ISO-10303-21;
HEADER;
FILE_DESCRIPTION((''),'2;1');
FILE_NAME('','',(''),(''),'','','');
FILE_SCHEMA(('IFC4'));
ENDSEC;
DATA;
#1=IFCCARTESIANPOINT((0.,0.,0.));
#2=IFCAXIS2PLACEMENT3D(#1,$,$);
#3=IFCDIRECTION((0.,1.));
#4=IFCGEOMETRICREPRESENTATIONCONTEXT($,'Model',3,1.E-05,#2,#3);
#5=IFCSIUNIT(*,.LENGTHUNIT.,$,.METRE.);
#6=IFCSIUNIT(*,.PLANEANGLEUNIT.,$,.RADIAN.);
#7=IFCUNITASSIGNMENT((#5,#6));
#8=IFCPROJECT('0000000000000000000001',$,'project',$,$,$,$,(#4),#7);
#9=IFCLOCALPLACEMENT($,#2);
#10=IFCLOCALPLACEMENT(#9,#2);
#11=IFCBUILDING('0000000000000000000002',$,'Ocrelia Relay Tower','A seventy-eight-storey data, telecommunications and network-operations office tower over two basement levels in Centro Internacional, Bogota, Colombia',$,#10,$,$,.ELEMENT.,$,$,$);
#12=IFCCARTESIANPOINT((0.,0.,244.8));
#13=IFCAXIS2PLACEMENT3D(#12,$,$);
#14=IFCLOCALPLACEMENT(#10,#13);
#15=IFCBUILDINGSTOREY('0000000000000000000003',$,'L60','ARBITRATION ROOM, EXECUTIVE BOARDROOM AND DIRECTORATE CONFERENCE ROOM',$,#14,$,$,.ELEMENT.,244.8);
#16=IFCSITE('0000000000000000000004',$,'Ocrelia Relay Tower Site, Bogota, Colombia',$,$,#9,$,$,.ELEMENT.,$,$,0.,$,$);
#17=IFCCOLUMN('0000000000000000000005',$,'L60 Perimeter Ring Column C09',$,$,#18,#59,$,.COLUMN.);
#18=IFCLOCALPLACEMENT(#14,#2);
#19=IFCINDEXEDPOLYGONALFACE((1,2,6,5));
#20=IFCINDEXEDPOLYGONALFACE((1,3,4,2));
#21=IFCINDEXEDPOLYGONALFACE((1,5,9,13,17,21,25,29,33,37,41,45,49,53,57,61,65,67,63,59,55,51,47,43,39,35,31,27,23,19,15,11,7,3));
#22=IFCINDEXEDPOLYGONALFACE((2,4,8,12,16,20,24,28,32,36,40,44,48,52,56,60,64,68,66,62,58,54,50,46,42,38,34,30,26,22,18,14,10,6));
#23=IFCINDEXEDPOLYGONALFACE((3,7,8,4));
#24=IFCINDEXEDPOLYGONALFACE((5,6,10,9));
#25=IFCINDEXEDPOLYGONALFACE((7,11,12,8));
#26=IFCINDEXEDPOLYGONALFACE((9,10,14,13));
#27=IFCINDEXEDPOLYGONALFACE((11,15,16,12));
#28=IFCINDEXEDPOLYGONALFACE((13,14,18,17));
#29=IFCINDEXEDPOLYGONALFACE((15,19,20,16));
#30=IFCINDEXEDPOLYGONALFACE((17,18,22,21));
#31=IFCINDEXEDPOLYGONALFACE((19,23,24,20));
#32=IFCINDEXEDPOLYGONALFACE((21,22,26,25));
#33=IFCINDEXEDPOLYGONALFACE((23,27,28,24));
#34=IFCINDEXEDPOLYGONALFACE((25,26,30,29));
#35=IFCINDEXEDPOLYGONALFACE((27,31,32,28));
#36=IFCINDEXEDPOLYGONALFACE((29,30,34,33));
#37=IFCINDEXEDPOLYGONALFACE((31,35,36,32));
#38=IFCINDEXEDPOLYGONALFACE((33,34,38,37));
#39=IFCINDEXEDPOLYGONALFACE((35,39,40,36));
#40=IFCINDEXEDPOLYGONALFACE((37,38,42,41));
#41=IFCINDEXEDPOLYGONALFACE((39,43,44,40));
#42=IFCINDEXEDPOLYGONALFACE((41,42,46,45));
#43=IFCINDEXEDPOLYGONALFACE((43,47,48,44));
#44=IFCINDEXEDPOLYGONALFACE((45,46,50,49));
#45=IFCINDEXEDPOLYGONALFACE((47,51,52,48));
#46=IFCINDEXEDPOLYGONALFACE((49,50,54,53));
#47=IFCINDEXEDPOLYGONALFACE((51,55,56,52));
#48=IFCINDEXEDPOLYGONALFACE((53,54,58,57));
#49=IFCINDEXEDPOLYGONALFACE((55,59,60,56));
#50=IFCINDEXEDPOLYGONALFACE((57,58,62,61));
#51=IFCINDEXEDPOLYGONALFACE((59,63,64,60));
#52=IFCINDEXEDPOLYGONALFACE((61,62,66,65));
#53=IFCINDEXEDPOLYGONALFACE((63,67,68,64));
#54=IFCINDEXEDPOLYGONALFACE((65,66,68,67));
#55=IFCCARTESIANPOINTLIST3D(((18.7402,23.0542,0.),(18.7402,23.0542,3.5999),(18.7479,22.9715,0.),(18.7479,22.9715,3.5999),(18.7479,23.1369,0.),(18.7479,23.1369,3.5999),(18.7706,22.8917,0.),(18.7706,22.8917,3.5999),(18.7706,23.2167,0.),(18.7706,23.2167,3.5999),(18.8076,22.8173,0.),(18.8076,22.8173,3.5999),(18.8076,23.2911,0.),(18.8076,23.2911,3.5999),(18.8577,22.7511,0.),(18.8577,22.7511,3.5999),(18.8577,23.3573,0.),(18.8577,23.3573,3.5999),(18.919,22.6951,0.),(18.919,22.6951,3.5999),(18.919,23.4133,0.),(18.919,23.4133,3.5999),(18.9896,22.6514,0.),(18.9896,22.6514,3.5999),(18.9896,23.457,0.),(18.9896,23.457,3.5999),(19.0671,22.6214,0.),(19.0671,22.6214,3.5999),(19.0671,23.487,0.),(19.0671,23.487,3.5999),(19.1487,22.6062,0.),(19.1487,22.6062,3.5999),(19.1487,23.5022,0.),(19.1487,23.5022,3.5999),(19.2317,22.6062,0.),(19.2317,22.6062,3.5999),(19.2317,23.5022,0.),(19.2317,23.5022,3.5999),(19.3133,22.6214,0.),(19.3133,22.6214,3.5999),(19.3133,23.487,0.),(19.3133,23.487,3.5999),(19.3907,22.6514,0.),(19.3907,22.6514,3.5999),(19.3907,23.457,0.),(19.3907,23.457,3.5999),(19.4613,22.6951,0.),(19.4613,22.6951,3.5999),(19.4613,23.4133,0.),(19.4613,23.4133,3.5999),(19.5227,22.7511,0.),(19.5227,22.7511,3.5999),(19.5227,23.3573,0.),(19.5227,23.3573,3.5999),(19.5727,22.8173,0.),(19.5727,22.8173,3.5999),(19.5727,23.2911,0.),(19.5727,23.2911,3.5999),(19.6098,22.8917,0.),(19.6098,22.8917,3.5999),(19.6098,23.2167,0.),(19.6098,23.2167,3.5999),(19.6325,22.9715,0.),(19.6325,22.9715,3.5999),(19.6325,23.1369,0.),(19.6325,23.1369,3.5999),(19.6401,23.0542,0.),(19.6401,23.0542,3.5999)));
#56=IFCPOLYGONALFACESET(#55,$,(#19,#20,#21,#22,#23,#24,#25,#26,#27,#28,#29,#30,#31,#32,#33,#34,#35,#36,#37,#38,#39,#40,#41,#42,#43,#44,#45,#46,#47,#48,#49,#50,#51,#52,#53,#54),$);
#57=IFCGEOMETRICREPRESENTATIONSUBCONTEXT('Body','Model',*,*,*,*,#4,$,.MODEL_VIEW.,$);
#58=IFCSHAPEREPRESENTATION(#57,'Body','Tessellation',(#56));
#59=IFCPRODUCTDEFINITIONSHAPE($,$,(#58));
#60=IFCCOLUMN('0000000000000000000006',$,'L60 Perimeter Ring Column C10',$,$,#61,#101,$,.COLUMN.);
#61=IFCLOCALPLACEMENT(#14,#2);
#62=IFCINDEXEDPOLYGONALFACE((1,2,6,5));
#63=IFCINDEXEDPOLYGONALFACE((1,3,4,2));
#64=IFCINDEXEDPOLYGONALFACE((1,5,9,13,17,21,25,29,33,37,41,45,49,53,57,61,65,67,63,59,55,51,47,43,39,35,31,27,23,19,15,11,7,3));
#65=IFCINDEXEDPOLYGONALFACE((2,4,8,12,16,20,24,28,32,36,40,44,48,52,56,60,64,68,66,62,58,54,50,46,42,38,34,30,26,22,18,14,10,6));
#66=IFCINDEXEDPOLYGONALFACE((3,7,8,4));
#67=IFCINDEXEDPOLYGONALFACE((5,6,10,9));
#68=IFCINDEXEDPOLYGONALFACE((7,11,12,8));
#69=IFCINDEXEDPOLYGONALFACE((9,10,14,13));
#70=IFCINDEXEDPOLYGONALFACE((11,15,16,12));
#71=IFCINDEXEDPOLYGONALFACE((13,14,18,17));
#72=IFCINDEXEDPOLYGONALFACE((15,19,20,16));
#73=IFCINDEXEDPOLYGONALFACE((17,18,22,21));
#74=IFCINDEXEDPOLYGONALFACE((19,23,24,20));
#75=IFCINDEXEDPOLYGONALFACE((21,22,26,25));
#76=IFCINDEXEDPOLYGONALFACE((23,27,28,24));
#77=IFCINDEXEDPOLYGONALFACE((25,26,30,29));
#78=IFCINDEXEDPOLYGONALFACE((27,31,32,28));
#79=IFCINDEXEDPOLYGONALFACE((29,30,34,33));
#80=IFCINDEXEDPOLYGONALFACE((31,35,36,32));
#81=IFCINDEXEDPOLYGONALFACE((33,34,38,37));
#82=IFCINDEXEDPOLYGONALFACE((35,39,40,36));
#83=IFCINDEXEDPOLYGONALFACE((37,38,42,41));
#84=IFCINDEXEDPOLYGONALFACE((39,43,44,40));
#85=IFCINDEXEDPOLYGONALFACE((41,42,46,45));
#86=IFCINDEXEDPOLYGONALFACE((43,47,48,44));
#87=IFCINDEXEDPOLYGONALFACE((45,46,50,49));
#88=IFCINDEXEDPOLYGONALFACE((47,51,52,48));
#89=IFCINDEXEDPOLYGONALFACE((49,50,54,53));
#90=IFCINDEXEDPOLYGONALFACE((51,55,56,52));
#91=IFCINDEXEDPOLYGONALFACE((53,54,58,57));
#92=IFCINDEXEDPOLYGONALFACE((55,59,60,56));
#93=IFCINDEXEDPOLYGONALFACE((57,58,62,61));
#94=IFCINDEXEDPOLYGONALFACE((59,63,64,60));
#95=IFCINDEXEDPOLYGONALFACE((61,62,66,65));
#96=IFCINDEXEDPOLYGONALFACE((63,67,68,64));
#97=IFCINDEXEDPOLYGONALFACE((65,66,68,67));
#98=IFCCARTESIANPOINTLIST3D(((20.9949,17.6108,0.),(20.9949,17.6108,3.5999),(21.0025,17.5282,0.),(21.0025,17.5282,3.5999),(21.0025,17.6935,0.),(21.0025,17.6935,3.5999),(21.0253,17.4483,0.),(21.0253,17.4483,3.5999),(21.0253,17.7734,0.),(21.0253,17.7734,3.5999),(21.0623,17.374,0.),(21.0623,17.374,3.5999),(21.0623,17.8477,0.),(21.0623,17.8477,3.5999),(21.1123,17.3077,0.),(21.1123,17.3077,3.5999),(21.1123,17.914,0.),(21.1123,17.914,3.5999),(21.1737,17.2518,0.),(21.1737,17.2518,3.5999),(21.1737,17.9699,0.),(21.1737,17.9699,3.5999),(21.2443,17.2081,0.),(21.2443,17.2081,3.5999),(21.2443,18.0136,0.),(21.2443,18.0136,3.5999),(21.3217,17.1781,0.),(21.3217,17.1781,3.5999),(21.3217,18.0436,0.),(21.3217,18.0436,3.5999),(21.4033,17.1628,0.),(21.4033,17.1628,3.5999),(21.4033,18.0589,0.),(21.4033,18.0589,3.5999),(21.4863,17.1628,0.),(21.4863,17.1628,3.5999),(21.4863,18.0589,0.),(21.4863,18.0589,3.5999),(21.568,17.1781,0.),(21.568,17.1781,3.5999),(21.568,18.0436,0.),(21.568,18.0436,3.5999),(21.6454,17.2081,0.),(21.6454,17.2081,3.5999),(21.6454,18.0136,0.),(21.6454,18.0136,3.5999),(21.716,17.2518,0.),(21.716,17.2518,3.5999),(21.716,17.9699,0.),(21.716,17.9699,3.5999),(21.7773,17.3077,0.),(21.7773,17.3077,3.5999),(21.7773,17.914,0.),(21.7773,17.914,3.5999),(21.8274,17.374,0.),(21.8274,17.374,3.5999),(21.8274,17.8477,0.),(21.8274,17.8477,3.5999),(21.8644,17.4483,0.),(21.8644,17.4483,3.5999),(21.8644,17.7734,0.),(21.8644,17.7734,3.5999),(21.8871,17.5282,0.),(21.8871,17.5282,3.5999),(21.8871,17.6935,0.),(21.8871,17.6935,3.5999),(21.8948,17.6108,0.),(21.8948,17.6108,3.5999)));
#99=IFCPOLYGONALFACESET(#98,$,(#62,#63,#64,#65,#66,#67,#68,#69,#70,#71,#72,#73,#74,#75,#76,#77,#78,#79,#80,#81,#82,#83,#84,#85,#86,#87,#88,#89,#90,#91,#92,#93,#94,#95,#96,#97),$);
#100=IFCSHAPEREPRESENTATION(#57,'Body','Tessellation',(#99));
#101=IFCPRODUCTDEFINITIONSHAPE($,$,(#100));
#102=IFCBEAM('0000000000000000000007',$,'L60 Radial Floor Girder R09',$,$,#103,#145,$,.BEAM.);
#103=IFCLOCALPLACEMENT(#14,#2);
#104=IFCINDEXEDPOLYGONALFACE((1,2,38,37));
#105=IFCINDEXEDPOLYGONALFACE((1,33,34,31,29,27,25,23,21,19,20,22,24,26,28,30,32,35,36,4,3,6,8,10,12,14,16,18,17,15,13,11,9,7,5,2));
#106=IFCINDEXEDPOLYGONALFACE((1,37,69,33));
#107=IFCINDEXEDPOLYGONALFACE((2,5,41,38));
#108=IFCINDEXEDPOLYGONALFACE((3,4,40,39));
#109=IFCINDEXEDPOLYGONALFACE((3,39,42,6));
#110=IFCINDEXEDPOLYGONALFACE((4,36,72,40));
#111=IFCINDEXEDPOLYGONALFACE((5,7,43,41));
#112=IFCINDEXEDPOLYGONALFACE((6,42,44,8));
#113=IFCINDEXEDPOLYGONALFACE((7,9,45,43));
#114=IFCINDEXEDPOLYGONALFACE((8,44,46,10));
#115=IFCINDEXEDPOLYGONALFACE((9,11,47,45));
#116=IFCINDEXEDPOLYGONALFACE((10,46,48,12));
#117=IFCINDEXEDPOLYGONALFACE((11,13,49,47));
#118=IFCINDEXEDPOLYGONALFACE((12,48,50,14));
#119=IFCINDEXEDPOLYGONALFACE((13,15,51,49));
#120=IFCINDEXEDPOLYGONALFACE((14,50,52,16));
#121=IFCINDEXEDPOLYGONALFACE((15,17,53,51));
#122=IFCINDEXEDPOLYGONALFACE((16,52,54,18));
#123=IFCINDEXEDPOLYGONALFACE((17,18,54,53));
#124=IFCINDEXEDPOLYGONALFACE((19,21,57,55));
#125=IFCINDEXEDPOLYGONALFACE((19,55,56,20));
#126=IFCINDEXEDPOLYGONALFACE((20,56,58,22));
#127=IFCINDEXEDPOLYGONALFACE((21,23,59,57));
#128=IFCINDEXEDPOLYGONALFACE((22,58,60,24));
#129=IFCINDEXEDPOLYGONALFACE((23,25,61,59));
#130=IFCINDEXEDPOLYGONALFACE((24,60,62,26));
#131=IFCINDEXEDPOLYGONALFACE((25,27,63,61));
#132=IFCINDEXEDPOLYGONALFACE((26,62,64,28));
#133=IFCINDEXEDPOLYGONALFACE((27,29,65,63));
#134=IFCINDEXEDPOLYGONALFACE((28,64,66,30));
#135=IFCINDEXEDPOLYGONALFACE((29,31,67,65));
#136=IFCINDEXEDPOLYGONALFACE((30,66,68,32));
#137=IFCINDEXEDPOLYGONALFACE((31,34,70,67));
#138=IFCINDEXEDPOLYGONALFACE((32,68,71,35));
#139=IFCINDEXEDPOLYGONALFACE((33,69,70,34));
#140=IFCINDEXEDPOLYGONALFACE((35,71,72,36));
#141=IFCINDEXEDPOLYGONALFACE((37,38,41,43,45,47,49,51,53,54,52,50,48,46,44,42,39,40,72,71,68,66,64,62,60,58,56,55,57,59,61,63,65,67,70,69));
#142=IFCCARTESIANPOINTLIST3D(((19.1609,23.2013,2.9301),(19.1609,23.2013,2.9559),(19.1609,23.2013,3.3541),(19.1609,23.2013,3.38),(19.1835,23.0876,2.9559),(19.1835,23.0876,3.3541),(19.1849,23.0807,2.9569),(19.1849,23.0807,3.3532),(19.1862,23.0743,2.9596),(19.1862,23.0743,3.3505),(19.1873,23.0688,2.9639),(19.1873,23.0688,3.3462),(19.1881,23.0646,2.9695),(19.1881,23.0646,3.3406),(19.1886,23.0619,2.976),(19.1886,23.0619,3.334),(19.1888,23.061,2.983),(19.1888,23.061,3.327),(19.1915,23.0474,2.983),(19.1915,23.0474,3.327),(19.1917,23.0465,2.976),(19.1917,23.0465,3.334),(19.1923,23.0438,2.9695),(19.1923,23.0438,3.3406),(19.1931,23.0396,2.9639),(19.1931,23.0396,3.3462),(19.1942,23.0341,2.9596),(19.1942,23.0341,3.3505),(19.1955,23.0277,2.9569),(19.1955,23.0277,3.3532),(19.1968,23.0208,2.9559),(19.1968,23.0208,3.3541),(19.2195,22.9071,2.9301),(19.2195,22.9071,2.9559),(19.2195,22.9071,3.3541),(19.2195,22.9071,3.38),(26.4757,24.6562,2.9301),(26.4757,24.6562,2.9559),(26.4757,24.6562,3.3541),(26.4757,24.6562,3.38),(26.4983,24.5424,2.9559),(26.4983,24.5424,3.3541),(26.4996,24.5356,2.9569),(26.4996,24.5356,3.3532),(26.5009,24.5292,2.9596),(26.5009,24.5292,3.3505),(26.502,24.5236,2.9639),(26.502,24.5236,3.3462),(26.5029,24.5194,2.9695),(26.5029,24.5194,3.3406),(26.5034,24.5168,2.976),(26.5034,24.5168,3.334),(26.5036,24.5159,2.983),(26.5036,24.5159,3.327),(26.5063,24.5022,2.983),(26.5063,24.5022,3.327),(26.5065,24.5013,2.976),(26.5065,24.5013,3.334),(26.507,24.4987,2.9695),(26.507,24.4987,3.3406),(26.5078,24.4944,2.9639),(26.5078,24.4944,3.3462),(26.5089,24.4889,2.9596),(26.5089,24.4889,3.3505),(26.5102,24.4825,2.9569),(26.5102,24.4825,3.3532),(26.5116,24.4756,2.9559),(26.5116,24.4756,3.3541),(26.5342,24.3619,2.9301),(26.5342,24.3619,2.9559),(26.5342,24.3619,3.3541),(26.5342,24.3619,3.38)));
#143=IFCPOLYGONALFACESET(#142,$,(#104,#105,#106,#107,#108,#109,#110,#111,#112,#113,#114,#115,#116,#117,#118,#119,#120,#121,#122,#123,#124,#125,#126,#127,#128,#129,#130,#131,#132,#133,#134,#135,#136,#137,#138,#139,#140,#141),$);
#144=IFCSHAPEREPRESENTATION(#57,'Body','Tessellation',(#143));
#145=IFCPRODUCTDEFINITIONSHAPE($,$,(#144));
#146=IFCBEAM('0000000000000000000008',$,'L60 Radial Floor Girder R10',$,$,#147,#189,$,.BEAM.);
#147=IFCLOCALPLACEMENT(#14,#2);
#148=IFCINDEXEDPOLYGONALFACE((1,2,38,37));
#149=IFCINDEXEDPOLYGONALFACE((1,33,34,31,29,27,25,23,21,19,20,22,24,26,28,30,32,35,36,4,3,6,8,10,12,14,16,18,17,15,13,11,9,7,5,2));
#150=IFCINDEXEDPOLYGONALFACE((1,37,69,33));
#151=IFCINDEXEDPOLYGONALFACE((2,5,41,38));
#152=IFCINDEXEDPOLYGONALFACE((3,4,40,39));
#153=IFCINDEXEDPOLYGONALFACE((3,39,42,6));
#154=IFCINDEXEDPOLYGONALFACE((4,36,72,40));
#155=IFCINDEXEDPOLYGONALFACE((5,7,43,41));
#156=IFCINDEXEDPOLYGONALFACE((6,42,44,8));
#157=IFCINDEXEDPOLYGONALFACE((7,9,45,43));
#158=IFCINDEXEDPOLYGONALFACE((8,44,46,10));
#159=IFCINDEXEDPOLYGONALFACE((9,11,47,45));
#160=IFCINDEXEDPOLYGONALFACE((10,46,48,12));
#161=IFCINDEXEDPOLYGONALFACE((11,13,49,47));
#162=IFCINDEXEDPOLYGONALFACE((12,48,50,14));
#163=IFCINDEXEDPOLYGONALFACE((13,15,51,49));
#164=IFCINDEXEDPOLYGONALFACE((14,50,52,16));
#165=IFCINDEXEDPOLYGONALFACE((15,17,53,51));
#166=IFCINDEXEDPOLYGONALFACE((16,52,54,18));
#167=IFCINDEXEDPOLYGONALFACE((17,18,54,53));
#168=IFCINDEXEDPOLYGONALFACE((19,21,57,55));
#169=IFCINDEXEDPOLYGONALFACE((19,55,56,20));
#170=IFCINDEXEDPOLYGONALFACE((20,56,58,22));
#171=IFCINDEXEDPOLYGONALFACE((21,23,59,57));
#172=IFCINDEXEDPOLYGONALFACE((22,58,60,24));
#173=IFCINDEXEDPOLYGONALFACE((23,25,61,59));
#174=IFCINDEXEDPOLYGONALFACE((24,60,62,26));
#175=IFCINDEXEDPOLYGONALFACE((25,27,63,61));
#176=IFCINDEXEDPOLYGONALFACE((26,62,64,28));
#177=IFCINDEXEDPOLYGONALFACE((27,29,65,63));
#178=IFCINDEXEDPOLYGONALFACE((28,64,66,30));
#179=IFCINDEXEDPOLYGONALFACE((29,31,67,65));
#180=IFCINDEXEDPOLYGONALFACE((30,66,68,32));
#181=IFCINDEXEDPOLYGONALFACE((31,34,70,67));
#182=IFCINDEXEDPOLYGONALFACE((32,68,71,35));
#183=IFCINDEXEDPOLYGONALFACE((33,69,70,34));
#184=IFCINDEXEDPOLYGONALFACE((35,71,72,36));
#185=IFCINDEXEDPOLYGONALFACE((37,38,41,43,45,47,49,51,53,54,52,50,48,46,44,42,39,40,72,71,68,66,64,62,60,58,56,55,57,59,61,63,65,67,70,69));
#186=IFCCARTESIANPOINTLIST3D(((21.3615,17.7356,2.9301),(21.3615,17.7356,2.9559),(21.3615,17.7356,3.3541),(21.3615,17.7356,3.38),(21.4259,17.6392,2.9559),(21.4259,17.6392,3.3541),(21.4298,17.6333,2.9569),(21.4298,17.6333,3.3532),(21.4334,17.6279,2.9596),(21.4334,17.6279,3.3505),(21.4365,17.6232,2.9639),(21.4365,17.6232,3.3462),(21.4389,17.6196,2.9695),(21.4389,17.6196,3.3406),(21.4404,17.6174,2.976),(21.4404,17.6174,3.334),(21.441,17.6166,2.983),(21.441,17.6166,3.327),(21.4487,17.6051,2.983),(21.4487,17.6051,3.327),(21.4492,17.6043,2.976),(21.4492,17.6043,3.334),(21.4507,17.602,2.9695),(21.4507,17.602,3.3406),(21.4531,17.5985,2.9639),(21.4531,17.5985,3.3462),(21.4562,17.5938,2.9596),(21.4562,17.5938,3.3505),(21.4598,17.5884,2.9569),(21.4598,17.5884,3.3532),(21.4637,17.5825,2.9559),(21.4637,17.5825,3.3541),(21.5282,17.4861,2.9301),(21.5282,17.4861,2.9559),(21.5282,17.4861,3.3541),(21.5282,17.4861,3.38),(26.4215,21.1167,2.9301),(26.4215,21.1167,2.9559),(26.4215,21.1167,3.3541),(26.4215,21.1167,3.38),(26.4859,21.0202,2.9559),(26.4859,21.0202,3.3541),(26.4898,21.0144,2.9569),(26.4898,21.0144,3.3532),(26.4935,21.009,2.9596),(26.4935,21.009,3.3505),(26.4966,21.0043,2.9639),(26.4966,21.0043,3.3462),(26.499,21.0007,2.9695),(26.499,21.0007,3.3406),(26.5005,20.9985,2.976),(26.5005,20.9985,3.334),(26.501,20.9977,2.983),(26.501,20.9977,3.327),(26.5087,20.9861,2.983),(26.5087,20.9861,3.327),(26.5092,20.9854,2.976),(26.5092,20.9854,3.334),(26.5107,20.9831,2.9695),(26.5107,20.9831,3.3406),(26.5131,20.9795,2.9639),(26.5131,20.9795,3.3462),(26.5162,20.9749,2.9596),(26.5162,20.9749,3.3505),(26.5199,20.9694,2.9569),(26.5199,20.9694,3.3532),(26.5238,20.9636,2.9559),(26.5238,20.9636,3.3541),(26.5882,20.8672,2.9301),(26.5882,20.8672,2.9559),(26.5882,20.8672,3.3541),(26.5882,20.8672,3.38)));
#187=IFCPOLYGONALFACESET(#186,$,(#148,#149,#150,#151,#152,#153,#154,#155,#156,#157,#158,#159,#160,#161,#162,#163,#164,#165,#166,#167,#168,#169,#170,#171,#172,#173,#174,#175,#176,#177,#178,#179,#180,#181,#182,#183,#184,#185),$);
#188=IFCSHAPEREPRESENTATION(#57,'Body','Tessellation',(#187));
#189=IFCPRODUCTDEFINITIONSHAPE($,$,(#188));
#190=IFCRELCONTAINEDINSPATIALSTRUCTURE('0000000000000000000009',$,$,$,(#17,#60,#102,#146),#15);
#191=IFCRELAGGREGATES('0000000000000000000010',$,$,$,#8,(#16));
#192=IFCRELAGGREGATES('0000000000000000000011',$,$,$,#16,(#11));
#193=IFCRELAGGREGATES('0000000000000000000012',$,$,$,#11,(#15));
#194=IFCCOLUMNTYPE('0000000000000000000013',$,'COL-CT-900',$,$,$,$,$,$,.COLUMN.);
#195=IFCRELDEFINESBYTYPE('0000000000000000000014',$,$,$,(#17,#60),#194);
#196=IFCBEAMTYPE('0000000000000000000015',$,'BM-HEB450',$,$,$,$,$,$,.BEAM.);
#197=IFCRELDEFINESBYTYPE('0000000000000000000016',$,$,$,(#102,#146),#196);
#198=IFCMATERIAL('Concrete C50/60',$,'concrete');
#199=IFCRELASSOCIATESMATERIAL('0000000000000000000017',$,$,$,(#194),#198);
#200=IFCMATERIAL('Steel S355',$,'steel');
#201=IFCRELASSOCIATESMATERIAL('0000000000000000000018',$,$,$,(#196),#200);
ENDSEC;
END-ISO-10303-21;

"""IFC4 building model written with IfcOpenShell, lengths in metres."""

from ifc_helpers import new_model, si_unit, direction, frame, origin, origin_2d, place, context, subcontext, project, spatial, circle, i_section, extrude, material, material_profile, profile_set, type_object, element, save


model = new_model("IFC4")

# Units and contexts
model_context = context("Model", 3, precision=1e-05, world=origin(), true_north=direction((0.0, 1.0)))
body_context = subcontext(model_context, "Body", "Model", "MODEL_VIEW")
ifc_project = project(units=[si_unit("LENGTHUNIT", "METRE"), si_unit("PLANEANGLEUNIT", "RADIAN")], contexts=[model_context])

# Site, building, storey
site_placement = place(None, origin())
site = spatial("IfcSite", under=ifc_project, at=site_placement, Name="Ocrelia Relay Tower Site, Bogota, Colombia", CompositionType="ELEMENT", RefElevation=0.0)
building_placement = place(site_placement, origin())
building = spatial("IfcBuilding", under=site, at=building_placement, Name="Ocrelia Relay Tower", Description="A seventy-eight-storey data, telecommunications and network-operations office tower over two basement levels in Centro Internacional, Bogota, Colombia", CompositionType="ELEMENT")
storey_placement = place(building_placement, frame((0.0, 0.0, 244.8)))
storey = spatial("IfcBuildingStorey", under=building, at=storey_placement, Name="L60", Description="ARBITRATION ROOM, EXECUTIVE BOARDROOM AND DIRECTORATE CONFERENCE ROOM", CompositionType="ELEMENT", Elevation=244.8)

# Columns
ifc_material_1 = material(Name="Concrete C50/60", Category="concrete")
ifc_material_profile_1 = material_profile(ifc_material_1, circle(Radius=0.45, at=origin_2d()), Name="RC-CIR-900")
ifc_profile_set_1 = profile_set([ifc_material_profile_1], Name="Concrete C50/60")
column_type = type_object("IfcColumnType", Name="COL-CT-900", PredefinedType="COLUMN", material=ifc_profile_set_1)
for number, where, z_axis, x_axis, name in (
    (1, (19.1902, 23.0542, 0.0), (0.0, 0.0, 1.0), (1.0, 0.0, 0.0), "L60 Perimeter Ring Column C09"),
    (2, (21.4448, 17.6108, 0.0), (0.0, 0.0, 1.0), (1.0, 0.0, 0.0), "L60 Perimeter Ring Column C10"),
):
    element("IfcColumn", number, at=place(storey_placement, frame(where, z_axis=z_axis, x_axis=x_axis)), inside=storey, type_object=column_type, Name=name, PredefinedType="COLUMN", context=body_context, shape_type="SweptSolid", body=[
        extrude(circle(Radius=0.45, at=origin_2d()), origin(), (0.0, 0.0, 1.0), 3.5999),
    ])

# Beams
ifc_material_2 = material(Name="Steel S355", Category="steel")
ifc_material_profile_2 = material_profile(ifc_material_2, i_section(OverallWidth=0.3, OverallDepth=0.45, WebThickness=0.0139, FlangeThickness=0.0259, FilletRadius=0.0271, at=origin_2d()), Name="HEB 450")
ifc_profile_set_2 = profile_set([ifc_material_profile_2], Name="Steel S355")
beam_type_1 = type_object("IfcBeamType", Name="BM-HEB450", PredefinedType="BEAM", material=ifc_profile_set_2)
beam_1_placement = place(storey_placement, frame((19.1902, 23.0542, 3.155), z_axis=(0.980789, 0.195071, 0.0), x_axis=(-0.195071, 0.980789, 0.0)))
element("IfcBeam", 3, at=beam_1_placement, inside=storey, type_object=beam_type_1, Name="L60 Radial Floor Girder R09", PredefinedType="BEAM", context=body_context, shape_type="SweptSolid", body=[
    extrude(i_section(OverallWidth=0.3, OverallDepth=0.45, WebThickness=0.0139, FlangeThickness=0.0259, FilletRadius=0.0271, at=origin_2d()), origin(), (0.0, 0.0, 1.0), 7.458),
])
beam_2_placement = place(storey_placement, frame((21.4448, 17.6108, 3.155), z_axis=(0.831464, 0.555579, 0.0), x_axis=(-0.555579, 0.831464, 0.0)))
element("IfcBeam", 4, at=beam_2_placement, inside=storey, type_object=beam_type_1, Name="L60 Radial Floor Girder R10", PredefinedType="BEAM", context=body_context, shape_type="SweptSolid", body=[
    extrude(i_section(OverallWidth=0.3, OverallDepth=0.45, WebThickness=0.0139, FlangeThickness=0.0259, FilletRadius=0.0271, at=origin_2d()), origin(), (0.0, 0.0, 1.0), 6.0857),
])

save(model, "model.ifc")
